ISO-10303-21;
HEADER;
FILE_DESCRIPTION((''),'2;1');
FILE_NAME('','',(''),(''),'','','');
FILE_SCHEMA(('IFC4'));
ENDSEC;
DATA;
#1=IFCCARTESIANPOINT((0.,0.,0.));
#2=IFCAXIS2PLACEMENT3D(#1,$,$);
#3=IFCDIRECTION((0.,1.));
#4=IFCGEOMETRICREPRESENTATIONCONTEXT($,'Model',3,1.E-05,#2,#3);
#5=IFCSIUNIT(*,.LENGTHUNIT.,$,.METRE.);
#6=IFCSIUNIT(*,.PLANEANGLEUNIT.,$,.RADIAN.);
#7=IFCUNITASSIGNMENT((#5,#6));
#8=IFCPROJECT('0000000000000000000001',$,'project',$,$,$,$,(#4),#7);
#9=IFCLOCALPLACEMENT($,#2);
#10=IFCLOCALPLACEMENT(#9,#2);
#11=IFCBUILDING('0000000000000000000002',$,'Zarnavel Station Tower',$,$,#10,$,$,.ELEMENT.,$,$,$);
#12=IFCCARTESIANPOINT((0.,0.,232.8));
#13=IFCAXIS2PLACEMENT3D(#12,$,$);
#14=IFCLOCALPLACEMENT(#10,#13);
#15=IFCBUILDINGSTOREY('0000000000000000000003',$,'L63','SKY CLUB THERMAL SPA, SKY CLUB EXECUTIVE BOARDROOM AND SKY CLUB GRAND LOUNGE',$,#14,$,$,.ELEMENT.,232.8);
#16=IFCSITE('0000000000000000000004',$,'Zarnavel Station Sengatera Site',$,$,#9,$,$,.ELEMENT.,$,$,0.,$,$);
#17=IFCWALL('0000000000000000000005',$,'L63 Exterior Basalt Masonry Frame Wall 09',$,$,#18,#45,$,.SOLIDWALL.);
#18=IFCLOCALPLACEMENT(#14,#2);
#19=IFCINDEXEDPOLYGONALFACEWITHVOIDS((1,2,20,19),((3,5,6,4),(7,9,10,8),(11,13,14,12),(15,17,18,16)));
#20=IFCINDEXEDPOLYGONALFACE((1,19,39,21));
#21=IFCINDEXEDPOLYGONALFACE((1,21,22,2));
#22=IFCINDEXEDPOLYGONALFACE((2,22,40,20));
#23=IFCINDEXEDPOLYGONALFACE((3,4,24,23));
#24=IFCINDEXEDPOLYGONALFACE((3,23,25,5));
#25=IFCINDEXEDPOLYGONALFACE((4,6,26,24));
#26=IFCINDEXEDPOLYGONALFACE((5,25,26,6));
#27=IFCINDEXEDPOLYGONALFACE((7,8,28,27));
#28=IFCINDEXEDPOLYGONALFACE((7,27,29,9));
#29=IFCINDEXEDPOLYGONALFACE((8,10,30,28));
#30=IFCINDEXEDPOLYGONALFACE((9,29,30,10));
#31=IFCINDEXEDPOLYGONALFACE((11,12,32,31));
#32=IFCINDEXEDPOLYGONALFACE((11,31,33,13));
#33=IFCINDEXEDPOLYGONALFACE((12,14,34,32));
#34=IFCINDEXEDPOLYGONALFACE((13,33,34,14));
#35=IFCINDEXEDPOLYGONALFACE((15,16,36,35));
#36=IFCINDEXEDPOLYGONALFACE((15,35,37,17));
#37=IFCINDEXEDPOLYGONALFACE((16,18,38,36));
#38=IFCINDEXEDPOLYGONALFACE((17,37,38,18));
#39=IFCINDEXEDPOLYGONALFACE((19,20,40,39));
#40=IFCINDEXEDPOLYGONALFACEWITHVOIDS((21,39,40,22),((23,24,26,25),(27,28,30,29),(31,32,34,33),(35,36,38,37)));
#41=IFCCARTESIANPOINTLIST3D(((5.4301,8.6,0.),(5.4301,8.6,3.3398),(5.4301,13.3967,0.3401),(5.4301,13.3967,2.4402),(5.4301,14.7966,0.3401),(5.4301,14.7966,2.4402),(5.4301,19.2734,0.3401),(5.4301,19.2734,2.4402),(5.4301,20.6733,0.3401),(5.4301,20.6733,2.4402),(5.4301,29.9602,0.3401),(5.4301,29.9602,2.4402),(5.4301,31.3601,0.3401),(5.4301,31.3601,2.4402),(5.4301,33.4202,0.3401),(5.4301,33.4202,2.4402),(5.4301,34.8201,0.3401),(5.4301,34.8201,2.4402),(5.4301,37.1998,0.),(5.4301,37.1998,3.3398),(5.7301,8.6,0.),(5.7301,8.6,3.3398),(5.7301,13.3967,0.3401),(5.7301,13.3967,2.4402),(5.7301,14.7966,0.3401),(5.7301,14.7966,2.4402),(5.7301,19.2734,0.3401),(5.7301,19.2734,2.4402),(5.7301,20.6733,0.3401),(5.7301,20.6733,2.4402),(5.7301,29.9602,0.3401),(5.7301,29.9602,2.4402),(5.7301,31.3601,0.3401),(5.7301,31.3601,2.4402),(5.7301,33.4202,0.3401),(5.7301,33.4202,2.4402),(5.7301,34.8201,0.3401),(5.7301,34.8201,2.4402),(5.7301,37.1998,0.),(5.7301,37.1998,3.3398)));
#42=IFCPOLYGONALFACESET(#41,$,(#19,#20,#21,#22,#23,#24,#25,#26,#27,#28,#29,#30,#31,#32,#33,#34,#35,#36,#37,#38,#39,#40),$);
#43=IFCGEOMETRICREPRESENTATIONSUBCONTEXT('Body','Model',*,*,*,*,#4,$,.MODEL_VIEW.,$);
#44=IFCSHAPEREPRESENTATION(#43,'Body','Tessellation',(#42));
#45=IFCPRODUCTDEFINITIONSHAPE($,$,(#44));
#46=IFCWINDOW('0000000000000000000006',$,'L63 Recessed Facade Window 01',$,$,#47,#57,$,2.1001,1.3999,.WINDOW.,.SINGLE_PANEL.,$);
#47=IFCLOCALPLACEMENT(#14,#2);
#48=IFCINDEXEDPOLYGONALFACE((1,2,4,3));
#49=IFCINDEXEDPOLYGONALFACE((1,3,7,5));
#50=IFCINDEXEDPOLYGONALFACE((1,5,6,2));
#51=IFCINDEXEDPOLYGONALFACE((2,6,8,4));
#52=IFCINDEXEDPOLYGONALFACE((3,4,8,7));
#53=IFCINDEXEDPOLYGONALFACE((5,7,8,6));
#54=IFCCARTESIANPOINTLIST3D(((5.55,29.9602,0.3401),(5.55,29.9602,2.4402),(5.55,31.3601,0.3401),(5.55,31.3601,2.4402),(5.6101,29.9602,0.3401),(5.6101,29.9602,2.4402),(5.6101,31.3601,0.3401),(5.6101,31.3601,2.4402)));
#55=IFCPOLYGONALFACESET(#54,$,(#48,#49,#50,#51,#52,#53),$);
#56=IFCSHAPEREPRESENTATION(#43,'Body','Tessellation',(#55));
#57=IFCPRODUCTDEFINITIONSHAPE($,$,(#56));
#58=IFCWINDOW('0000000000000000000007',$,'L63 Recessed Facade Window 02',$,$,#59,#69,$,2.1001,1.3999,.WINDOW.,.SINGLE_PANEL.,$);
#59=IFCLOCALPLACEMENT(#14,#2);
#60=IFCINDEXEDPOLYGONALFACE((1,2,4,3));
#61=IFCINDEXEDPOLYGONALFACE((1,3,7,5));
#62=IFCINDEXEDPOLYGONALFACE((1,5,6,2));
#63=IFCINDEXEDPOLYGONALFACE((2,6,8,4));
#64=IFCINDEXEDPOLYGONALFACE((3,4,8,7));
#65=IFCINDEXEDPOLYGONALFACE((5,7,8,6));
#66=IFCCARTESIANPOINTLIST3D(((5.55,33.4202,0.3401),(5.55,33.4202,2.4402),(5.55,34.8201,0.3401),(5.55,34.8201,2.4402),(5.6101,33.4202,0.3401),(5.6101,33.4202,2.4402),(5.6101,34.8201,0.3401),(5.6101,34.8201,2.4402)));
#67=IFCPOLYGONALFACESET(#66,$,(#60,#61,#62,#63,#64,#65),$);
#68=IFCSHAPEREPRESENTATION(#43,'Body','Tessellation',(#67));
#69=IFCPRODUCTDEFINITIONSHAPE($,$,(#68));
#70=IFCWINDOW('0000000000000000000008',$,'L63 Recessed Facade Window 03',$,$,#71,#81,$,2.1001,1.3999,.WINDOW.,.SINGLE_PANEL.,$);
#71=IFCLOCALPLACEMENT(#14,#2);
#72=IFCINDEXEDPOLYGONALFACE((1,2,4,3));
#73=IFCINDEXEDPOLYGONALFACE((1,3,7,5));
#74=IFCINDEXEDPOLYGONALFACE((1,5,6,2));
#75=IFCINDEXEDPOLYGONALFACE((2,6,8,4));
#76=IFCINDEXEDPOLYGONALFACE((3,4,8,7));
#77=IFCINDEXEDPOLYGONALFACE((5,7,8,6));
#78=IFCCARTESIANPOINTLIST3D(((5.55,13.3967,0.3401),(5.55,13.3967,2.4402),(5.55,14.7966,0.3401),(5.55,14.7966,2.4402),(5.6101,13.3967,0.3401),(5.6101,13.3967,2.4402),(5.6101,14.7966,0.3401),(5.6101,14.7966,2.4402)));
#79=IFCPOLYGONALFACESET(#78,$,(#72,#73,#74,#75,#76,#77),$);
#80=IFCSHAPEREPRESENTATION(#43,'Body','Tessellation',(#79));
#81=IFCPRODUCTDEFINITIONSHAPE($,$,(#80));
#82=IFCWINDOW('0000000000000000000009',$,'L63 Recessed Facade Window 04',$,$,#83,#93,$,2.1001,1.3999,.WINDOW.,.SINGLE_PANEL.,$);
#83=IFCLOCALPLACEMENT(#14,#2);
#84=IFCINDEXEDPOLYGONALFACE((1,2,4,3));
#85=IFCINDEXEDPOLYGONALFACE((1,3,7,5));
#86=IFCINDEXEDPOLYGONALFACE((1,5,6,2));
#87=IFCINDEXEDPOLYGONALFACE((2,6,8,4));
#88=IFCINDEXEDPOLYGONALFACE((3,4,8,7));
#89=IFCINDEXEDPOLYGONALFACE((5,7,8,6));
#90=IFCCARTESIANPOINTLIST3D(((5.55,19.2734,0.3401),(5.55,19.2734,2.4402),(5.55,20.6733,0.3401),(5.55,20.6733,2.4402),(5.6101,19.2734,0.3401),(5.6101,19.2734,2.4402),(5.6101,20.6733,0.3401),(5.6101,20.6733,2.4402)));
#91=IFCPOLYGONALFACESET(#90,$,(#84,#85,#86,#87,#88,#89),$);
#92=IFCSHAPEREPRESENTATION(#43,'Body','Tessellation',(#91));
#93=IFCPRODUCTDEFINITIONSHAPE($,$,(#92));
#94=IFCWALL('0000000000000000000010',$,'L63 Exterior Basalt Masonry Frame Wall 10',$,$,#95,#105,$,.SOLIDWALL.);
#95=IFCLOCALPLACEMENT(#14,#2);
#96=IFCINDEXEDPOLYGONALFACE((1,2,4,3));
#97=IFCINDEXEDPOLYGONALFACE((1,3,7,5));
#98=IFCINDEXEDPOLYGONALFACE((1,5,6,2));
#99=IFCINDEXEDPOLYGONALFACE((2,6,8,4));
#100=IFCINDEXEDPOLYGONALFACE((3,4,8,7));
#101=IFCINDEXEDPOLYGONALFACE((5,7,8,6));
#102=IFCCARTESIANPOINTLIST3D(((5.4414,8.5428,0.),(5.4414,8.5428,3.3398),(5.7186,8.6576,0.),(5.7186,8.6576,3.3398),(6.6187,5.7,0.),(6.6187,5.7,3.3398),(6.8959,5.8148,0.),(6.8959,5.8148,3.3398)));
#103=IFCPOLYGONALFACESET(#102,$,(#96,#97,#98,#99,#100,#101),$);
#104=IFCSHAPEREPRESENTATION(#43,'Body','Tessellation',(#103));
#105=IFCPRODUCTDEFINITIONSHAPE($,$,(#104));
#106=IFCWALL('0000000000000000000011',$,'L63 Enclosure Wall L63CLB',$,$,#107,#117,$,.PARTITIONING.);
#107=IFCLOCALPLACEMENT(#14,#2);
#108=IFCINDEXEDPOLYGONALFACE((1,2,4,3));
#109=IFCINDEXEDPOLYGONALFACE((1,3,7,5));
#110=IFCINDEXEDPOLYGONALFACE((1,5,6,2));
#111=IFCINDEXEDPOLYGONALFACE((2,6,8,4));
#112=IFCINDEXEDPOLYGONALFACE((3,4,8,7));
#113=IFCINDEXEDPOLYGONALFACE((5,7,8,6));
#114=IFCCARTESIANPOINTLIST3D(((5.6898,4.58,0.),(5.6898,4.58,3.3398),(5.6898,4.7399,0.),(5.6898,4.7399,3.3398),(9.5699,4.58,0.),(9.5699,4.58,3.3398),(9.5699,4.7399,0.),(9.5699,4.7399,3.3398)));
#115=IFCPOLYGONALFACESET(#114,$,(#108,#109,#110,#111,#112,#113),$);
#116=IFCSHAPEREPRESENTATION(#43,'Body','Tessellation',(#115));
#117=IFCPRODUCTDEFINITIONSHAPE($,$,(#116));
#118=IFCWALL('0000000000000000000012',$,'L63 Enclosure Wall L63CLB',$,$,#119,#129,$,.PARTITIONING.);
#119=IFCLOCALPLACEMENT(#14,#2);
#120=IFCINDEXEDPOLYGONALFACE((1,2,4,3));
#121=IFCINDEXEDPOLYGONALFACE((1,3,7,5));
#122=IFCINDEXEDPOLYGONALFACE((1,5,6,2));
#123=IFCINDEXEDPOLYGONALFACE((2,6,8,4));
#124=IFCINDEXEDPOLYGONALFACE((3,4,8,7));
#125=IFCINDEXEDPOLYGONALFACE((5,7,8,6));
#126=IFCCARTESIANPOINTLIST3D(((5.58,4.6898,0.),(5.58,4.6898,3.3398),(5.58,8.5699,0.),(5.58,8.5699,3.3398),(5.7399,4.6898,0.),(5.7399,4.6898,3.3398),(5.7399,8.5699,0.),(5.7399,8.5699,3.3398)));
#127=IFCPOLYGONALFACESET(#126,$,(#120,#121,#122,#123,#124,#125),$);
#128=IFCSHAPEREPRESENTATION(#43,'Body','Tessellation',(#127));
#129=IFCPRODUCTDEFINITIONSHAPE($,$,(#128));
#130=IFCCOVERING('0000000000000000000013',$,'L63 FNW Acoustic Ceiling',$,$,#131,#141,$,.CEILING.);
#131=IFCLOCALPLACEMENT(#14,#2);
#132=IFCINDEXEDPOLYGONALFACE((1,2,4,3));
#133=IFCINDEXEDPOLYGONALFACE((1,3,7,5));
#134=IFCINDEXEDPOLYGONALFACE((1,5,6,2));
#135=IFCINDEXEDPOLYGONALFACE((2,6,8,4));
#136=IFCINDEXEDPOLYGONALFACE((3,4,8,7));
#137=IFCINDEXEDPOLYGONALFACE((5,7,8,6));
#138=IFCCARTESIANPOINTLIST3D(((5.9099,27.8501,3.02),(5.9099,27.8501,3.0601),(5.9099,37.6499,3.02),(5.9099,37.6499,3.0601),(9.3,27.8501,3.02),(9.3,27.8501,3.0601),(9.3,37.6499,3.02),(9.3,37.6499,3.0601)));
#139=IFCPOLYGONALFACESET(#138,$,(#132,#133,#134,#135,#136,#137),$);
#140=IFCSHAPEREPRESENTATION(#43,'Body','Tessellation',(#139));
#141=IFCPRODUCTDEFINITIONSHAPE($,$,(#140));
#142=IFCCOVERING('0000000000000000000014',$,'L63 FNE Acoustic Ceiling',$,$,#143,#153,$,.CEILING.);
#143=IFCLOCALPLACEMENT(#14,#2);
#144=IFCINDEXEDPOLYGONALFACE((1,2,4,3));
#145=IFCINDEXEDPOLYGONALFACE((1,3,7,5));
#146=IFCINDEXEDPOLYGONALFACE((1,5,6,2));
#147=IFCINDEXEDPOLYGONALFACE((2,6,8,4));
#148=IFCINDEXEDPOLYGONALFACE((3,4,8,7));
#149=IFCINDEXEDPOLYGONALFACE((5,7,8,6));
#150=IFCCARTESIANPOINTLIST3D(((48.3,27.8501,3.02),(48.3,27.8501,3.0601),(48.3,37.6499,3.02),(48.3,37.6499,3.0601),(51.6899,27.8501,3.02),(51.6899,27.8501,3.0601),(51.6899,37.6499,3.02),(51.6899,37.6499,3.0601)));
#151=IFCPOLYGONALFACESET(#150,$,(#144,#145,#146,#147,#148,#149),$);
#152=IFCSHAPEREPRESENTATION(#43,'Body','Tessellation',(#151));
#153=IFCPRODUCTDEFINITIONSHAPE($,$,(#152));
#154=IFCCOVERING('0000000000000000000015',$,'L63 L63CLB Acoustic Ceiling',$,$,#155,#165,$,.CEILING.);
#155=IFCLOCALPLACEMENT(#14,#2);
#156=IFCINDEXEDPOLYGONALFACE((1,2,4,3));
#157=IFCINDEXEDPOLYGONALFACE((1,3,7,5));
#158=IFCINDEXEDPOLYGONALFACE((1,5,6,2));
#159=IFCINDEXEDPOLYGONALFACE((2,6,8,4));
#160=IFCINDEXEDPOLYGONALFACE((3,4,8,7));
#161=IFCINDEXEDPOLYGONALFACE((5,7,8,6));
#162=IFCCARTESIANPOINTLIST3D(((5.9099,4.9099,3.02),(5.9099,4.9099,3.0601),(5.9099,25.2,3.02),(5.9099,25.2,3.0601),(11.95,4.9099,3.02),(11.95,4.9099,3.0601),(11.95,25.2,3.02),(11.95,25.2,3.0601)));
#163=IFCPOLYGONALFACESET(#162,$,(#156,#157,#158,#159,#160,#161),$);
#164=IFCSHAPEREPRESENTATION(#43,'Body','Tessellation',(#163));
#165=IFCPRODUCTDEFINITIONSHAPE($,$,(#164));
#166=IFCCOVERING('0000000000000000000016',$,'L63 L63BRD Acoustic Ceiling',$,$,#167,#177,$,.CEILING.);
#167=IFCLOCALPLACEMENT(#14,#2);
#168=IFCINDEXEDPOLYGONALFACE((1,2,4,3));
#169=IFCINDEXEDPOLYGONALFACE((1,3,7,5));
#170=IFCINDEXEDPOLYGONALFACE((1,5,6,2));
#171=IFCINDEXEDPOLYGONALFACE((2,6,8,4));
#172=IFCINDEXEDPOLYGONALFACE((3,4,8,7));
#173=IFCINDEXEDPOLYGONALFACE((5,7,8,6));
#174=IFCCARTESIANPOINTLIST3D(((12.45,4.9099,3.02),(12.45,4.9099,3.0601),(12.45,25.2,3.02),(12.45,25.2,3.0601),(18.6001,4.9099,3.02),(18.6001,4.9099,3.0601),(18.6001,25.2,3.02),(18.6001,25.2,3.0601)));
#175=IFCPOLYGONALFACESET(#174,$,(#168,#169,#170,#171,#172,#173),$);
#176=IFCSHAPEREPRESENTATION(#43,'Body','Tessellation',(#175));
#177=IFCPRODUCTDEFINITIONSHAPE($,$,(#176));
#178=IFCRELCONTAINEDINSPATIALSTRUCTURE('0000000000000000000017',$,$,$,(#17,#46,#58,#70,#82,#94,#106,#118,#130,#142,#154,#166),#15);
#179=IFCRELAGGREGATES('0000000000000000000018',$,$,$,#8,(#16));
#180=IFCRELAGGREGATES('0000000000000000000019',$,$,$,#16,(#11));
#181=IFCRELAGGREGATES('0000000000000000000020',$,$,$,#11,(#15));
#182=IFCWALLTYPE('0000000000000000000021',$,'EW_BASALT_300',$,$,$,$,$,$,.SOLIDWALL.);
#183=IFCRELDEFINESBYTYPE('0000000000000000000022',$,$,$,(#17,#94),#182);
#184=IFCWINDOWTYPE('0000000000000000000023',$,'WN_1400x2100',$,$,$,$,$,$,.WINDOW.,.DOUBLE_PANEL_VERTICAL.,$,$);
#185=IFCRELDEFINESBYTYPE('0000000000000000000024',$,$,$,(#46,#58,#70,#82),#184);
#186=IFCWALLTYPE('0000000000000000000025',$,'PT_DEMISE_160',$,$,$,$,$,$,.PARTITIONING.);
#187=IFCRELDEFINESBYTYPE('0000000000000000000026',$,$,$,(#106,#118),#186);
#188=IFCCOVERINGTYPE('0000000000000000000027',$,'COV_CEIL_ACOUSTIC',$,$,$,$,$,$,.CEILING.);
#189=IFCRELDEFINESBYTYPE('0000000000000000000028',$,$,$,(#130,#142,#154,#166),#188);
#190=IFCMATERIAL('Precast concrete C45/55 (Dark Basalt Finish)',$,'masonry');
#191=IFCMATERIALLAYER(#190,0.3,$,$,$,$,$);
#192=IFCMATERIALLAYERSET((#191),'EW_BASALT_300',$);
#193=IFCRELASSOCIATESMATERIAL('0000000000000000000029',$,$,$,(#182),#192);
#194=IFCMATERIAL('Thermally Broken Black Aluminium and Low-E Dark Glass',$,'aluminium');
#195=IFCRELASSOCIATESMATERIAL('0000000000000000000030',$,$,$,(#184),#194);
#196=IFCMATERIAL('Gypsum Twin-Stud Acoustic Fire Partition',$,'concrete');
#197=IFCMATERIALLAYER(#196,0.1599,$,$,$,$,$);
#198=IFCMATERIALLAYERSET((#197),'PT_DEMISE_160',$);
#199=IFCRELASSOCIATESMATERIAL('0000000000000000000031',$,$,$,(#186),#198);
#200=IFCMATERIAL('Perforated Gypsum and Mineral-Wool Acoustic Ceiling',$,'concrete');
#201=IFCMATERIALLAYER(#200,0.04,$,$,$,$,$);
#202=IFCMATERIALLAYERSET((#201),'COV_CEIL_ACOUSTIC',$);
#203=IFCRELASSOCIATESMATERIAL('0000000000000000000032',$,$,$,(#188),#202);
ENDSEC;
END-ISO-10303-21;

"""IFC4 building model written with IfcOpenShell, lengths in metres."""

from ifc_helpers import new_model, si_unit, direction, frame, frame_2d, origin, place, context, subcontext, project, spatial, polyline, rectangle, outline, extrude, material, layer, layer_set, type_object, element, fill, save


model = new_model("IFC4")

# Units and contexts
model_context = context("Model", 3, precision=1e-05, world=origin(), true_north=direction((0.0, 1.0)))
body_context = subcontext(model_context, "Body", "Model", "MODEL_VIEW")
ifc_project = project(units=[si_unit("LENGTHUNIT", "METRE"), si_unit("PLANEANGLEUNIT", "RADIAN")], contexts=[model_context])

# Site, building, storey
site_placement = place(None, origin())
site = spatial("IfcSite", under=ifc_project, at=site_placement, Name="Zarnavel Station Sengatera Site", CompositionType="ELEMENT", RefElevation=0.0)
building_placement = place(site_placement, origin())
building = spatial("IfcBuilding", under=site, at=building_placement, Name="Zarnavel Station Tower", CompositionType="ELEMENT")
storey_placement = place(building_placement, frame((0.0, 0.0, 232.8)))
storey = spatial("IfcBuildingStorey", under=building, at=storey_placement, Name="L63", Description="SKY CLUB THERMAL SPA, SKY CLUB EXECUTIVE BOARDROOM AND SKY CLUB GRAND LOUNGE", CompositionType="ELEMENT", Elevation=232.8)

# Wall, openings, windows
ifc_material_1 = material(Name="Precast concrete C45/55 (Dark Basalt Finish)", Category="masonry")
ifc_layer_1 = layer(ifc_material_1, 0.3)
ifc_layer_set_1 = layer_set([ifc_layer_1], Name="EW_BASALT_300")
wall_type_1 = type_object("IfcWallType", Name="EW_BASALT_300", PredefinedType="SOLIDWALL", material=ifc_layer_set_1)
wall_1_placement = place(storey_placement, frame((5.5801, 8.6001, 0.0), z_axis=(0.0, 0.0, 1.0), x_axis=(0.0, 1.0, 0.0)))
wall_1 = element("IfcWall", 1, at=wall_1_placement, inside=storey, type_object=wall_type_1, Name="L63 Exterior Basalt Masonry Frame Wall 09", PredefinedType="SOLIDWALL", context=body_context, shape_type="SweptSolid", body=[
    extrude(rectangle(XDim=28.5999, YDim=0.3, at=frame_2d((14.2998, 0.0))), origin(), (0.0, 0.0, 1.0), 3.3398),
])
opening_1_placement = place(wall_1_placement, frame((21.3601, 0.0, 0.3401)))
opening_1 = element("IfcOpeningElement", 2, at=opening_1_placement, cuts=wall_1, PredefinedType="OPENING", context=body_context, shape_type="SweptSolid", body=[
    extrude(rectangle(XDim=1.3999, YDim=2.1001, at=frame_2d((0.7, 1.05))), frame((0.0, 0.1599, 0.0), z_axis=(0.0, -1.0, 0.0), x_axis=(1.0, 0.0, 0.0)), (0.0, 0.0, 1.0), 0.3201),
])
opening_2_placement = place(wall_1_placement, frame((24.8201, 0.0, 0.3401)))
opening_2 = element("IfcOpeningElement", 3, at=opening_2_placement, cuts=wall_1, PredefinedType="OPENING", context=body_context, shape_type="SweptSolid", body=[
    extrude(rectangle(XDim=1.3999, YDim=2.1001, at=frame_2d((0.7, 1.05))), frame((0.0, 0.1599, 0.0), z_axis=(0.0, -1.0, 0.0), x_axis=(1.0, 0.0, 0.0)), (0.0, 0.0, 1.0), 0.3201),
])
opening_3_placement = place(wall_1_placement, frame((4.7966, 0.0, 0.3401)))
opening_3 = element("IfcOpeningElement", 4, at=opening_3_placement, cuts=wall_1, PredefinedType="OPENING", context=body_context, shape_type="SweptSolid", body=[
    extrude(rectangle(XDim=1.3999, YDim=2.1001, at=frame_2d((0.7, 1.05))), frame((0.0, 0.1599, 0.0), z_axis=(0.0, -1.0, 0.0), x_axis=(1.0, 0.0, 0.0)), (0.0, 0.0, 1.0), 0.3201),
])
opening_4_placement = place(wall_1_placement, frame((10.6733, 0.0, 0.3401)))
opening_4 = element("IfcOpeningElement", 5, at=opening_4_placement, cuts=wall_1, PredefinedType="OPENING", context=body_context, shape_type="SweptSolid", body=[
    extrude(rectangle(XDim=1.3999, YDim=2.1001, at=frame_2d((0.7, 1.05))), frame((0.0, 0.1599, 0.0), z_axis=(0.0, -1.0, 0.0), x_axis=(1.0, 0.0, 0.0)), (0.0, 0.0, 1.0), 0.3201),
])
ifc_material_2 = material(Name="Thermally Broken Black Aluminium and Low-E Dark Glass", Category="aluminium")
window_type = type_object("IfcWindowType", Name="WN_1400x2100", PartitioningType="DOUBLE_PANEL_VERTICAL", PredefinedType="WINDOW", material=ifc_material_2)
window_1_placement = place(opening_1_placement, origin())
window_1 = element("IfcWindow", 6, at=window_1_placement, inside=storey, type_object=window_type, Name="L63 Recessed Facade Window 01", OverallHeight=2.1001, OverallWidth=1.3999, PartitioningType="SINGLE_PANEL", PredefinedType="WINDOW", context=body_context, shape_type="SweptSolid", body=[
    extrude(rectangle(XDim=1.3999, YDim=2.1001, at=frame_2d((0.7, 1.05))), frame((0.0, 0.03, 0.0), z_axis=(0.0, -1.0, 0.0), x_axis=(1.0, 0.0, 0.0)), (0.0, 0.0, 1.0), 0.0601),
])
fill(opening_1, window_1)
window_2_placement = place(opening_2_placement, origin())
window_2 = element("IfcWindow", 7, at=window_2_placement, inside=storey, type_object=window_type, Name="L63 Recessed Facade Window 02", OverallHeight=2.1001, OverallWidth=1.3999, PartitioningType="SINGLE_PANEL", PredefinedType="WINDOW", context=body_context, shape_type="SweptSolid", body=[
    extrude(rectangle(XDim=1.3999, YDim=2.1001, at=frame_2d((0.7, 1.05))), frame((0.0, 0.03, 0.0), z_axis=(0.0, -1.0, 0.0), x_axis=(1.0, 0.0, 0.0)), (0.0, 0.0, 1.0), 0.0601),
])
fill(opening_2, window_2)
window_3_placement = place(opening_3_placement, origin())
window_3 = element("IfcWindow", 8, at=window_3_placement, inside=storey, type_object=window_type, Name="L63 Recessed Facade Window 03", OverallHeight=2.1001, OverallWidth=1.3999, PartitioningType="SINGLE_PANEL", PredefinedType="WINDOW", context=body_context, shape_type="SweptSolid", body=[
    extrude(rectangle(XDim=1.3999, YDim=2.1001, at=frame_2d((0.7, 1.05))), frame((0.0, 0.03, 0.0), z_axis=(0.0, -1.0, 0.0), x_axis=(1.0, 0.0, 0.0)), (0.0, 0.0, 1.0), 0.0601),
])
fill(opening_3, window_3)
window_4_placement = place(opening_4_placement, origin())
window_4 = element("IfcWindow", 9, at=window_4_placement, inside=storey, type_object=window_type, Name="L63 Recessed Facade Window 04", OverallHeight=2.1001, OverallWidth=1.3999, PartitioningType="SINGLE_PANEL", PredefinedType="WINDOW", context=body_context, shape_type="SweptSolid", body=[
    extrude(rectangle(XDim=1.3999, YDim=2.1001, at=frame_2d((0.7, 1.05))), frame((0.0, 0.03, 0.0), z_axis=(0.0, -1.0, 0.0), x_axis=(1.0, 0.0, 0.0)), (0.0, 0.0, 1.0), 0.0601),
])
fill(opening_4, window_4)

# Walls
wall_2_placement = place(storey_placement, frame((6.7573, 5.7573, 0.0), z_axis=(0.0, 0.0, 1.0), x_axis=(-0.382609, 0.92391, 0.0)))
element("IfcWall", 10, at=wall_2_placement, inside=storey, type_object=wall_type_1, Name="L63 Exterior Basalt Masonry Frame Wall 10", PredefinedType="SOLIDWALL", context=body_context, shape_type="SweptSolid", body=[
    extrude(rectangle(XDim=3.0769, YDim=0.3, at=frame_2d((1.5386, 0.0))), origin(), (0.0, 0.0, 1.0), 3.3398),
])
ifc_material_3 = material(Name="Gypsum Twin-Stud Acoustic Fire Partition", Category="concrete")
ifc_layer_2 = layer(ifc_material_3, 0.1599)
ifc_layer_set_2 = layer_set([ifc_layer_2], Name="PT_DEMISE_160")
wall_type_2 = type_object("IfcWallType", Name="PT_DEMISE_160", PredefinedType="PARTITIONING", material=ifc_layer_set_2)
for number, where, z_axis, x_axis, name in (
    (11, (5.6899, 4.6599, 0.0), (0.0, 0.0, 1.0), (1.0, 0.0, 0.0), "L63 Enclosure Wall L63CLB"),
    (12, (5.6599, 4.6899, 0.0), (0.0, 0.0, 1.0), (0.0, 1.0, 0.0), "L63 Enclosure Wall L63CLB"),
):
    element("IfcWall", number, at=place(storey_placement, frame(where, z_axis=z_axis, x_axis=x_axis)), inside=storey, type_object=wall_type_2, Name=name, PredefinedType="PARTITIONING", context=body_context, shape_type="SweptSolid", body=[
        extrude(rectangle(XDim=3.8801, YDim=0.1599, at=frame_2d((1.9399, 0.0))), origin(), (0.0, 0.0, 1.0), 3.3398),
    ])

# Coverings
ifc_material_4 = material(Name="Perforated Gypsum and Mineral-Wool Acoustic Ceiling", Category="concrete")
ifc_layer_3 = layer(ifc_material_4, 0.04)
ifc_layer_set_3 = layer_set([ifc_layer_3], Name="COV_CEIL_ACOUSTIC")
covering_type_1 = type_object("IfcCoveringType", Name="COV_CEIL_ACOUSTIC", PredefinedType="CEILING", material=ifc_layer_set_3)
covering_1_placement = place(storey_placement, frame((0.0, 0.0, 3.02)))
element("IfcCovering", 13, at=covering_1_placement, inside=storey, type_object=covering_type_1, Name="L63 FNW Acoustic Ceiling", PredefinedType="CEILING", context=body_context, shape_type="SweptSolid", body=[
    extrude(outline(polyline([(5.9099, 27.8501), (9.3, 27.8501), (9.3, 37.6499), (5.9099, 37.6499), (5.9099, 27.8501)])), origin(), (0.0, 0.0, 1.0), 0.04),
])
covering_2_placement = place(storey_placement, frame((0.0, 0.0, 3.02)))
element("IfcCovering", 14, at=covering_2_placement, inside=storey, type_object=covering_type_1, Name="L63 FNE Acoustic Ceiling", PredefinedType="CEILING", context=body_context, shape_type="SweptSolid", body=[
    extrude(outline(polyline([(48.3, 27.8501), (51.6899, 27.8501), (51.6899, 37.6499), (48.3, 37.6499), (48.3, 27.8501)])), origin(), (0.0, 0.0, 1.0), 0.04),
])
covering_3_placement = place(storey_placement, frame((0.0, 0.0, 3.02)))
element("IfcCovering", 15, at=covering_3_placement, inside=storey, type_object=covering_type_1, Name="L63 L63CLB Acoustic Ceiling", PredefinedType="CEILING", context=body_context, shape_type="SweptSolid", body=[
    extrude(outline(polyline([(5.9099, 4.9099), (11.95, 4.9099), (11.95, 25.2), (5.9099, 25.2), (5.9099, 4.9099)])), origin(), (0.0, 0.0, 1.0), 0.04),
])
covering_4_placement = place(storey_placement, frame((0.0, 0.0, 3.02)))
element("IfcCovering", 16, at=covering_4_placement, inside=storey, type_object=covering_type_1, Name="L63 L63BRD Acoustic Ceiling", PredefinedType="CEILING", context=body_context, shape_type="SweptSolid", body=[
    extrude(outline(polyline([(12.45, 4.9099), (18.6001, 4.9099), (18.6001, 25.2), (12.45, 25.2), (12.45, 4.9099)])), origin(), (0.0, 0.0, 1.0), 0.04),
])

save(model, "model.ifc")
